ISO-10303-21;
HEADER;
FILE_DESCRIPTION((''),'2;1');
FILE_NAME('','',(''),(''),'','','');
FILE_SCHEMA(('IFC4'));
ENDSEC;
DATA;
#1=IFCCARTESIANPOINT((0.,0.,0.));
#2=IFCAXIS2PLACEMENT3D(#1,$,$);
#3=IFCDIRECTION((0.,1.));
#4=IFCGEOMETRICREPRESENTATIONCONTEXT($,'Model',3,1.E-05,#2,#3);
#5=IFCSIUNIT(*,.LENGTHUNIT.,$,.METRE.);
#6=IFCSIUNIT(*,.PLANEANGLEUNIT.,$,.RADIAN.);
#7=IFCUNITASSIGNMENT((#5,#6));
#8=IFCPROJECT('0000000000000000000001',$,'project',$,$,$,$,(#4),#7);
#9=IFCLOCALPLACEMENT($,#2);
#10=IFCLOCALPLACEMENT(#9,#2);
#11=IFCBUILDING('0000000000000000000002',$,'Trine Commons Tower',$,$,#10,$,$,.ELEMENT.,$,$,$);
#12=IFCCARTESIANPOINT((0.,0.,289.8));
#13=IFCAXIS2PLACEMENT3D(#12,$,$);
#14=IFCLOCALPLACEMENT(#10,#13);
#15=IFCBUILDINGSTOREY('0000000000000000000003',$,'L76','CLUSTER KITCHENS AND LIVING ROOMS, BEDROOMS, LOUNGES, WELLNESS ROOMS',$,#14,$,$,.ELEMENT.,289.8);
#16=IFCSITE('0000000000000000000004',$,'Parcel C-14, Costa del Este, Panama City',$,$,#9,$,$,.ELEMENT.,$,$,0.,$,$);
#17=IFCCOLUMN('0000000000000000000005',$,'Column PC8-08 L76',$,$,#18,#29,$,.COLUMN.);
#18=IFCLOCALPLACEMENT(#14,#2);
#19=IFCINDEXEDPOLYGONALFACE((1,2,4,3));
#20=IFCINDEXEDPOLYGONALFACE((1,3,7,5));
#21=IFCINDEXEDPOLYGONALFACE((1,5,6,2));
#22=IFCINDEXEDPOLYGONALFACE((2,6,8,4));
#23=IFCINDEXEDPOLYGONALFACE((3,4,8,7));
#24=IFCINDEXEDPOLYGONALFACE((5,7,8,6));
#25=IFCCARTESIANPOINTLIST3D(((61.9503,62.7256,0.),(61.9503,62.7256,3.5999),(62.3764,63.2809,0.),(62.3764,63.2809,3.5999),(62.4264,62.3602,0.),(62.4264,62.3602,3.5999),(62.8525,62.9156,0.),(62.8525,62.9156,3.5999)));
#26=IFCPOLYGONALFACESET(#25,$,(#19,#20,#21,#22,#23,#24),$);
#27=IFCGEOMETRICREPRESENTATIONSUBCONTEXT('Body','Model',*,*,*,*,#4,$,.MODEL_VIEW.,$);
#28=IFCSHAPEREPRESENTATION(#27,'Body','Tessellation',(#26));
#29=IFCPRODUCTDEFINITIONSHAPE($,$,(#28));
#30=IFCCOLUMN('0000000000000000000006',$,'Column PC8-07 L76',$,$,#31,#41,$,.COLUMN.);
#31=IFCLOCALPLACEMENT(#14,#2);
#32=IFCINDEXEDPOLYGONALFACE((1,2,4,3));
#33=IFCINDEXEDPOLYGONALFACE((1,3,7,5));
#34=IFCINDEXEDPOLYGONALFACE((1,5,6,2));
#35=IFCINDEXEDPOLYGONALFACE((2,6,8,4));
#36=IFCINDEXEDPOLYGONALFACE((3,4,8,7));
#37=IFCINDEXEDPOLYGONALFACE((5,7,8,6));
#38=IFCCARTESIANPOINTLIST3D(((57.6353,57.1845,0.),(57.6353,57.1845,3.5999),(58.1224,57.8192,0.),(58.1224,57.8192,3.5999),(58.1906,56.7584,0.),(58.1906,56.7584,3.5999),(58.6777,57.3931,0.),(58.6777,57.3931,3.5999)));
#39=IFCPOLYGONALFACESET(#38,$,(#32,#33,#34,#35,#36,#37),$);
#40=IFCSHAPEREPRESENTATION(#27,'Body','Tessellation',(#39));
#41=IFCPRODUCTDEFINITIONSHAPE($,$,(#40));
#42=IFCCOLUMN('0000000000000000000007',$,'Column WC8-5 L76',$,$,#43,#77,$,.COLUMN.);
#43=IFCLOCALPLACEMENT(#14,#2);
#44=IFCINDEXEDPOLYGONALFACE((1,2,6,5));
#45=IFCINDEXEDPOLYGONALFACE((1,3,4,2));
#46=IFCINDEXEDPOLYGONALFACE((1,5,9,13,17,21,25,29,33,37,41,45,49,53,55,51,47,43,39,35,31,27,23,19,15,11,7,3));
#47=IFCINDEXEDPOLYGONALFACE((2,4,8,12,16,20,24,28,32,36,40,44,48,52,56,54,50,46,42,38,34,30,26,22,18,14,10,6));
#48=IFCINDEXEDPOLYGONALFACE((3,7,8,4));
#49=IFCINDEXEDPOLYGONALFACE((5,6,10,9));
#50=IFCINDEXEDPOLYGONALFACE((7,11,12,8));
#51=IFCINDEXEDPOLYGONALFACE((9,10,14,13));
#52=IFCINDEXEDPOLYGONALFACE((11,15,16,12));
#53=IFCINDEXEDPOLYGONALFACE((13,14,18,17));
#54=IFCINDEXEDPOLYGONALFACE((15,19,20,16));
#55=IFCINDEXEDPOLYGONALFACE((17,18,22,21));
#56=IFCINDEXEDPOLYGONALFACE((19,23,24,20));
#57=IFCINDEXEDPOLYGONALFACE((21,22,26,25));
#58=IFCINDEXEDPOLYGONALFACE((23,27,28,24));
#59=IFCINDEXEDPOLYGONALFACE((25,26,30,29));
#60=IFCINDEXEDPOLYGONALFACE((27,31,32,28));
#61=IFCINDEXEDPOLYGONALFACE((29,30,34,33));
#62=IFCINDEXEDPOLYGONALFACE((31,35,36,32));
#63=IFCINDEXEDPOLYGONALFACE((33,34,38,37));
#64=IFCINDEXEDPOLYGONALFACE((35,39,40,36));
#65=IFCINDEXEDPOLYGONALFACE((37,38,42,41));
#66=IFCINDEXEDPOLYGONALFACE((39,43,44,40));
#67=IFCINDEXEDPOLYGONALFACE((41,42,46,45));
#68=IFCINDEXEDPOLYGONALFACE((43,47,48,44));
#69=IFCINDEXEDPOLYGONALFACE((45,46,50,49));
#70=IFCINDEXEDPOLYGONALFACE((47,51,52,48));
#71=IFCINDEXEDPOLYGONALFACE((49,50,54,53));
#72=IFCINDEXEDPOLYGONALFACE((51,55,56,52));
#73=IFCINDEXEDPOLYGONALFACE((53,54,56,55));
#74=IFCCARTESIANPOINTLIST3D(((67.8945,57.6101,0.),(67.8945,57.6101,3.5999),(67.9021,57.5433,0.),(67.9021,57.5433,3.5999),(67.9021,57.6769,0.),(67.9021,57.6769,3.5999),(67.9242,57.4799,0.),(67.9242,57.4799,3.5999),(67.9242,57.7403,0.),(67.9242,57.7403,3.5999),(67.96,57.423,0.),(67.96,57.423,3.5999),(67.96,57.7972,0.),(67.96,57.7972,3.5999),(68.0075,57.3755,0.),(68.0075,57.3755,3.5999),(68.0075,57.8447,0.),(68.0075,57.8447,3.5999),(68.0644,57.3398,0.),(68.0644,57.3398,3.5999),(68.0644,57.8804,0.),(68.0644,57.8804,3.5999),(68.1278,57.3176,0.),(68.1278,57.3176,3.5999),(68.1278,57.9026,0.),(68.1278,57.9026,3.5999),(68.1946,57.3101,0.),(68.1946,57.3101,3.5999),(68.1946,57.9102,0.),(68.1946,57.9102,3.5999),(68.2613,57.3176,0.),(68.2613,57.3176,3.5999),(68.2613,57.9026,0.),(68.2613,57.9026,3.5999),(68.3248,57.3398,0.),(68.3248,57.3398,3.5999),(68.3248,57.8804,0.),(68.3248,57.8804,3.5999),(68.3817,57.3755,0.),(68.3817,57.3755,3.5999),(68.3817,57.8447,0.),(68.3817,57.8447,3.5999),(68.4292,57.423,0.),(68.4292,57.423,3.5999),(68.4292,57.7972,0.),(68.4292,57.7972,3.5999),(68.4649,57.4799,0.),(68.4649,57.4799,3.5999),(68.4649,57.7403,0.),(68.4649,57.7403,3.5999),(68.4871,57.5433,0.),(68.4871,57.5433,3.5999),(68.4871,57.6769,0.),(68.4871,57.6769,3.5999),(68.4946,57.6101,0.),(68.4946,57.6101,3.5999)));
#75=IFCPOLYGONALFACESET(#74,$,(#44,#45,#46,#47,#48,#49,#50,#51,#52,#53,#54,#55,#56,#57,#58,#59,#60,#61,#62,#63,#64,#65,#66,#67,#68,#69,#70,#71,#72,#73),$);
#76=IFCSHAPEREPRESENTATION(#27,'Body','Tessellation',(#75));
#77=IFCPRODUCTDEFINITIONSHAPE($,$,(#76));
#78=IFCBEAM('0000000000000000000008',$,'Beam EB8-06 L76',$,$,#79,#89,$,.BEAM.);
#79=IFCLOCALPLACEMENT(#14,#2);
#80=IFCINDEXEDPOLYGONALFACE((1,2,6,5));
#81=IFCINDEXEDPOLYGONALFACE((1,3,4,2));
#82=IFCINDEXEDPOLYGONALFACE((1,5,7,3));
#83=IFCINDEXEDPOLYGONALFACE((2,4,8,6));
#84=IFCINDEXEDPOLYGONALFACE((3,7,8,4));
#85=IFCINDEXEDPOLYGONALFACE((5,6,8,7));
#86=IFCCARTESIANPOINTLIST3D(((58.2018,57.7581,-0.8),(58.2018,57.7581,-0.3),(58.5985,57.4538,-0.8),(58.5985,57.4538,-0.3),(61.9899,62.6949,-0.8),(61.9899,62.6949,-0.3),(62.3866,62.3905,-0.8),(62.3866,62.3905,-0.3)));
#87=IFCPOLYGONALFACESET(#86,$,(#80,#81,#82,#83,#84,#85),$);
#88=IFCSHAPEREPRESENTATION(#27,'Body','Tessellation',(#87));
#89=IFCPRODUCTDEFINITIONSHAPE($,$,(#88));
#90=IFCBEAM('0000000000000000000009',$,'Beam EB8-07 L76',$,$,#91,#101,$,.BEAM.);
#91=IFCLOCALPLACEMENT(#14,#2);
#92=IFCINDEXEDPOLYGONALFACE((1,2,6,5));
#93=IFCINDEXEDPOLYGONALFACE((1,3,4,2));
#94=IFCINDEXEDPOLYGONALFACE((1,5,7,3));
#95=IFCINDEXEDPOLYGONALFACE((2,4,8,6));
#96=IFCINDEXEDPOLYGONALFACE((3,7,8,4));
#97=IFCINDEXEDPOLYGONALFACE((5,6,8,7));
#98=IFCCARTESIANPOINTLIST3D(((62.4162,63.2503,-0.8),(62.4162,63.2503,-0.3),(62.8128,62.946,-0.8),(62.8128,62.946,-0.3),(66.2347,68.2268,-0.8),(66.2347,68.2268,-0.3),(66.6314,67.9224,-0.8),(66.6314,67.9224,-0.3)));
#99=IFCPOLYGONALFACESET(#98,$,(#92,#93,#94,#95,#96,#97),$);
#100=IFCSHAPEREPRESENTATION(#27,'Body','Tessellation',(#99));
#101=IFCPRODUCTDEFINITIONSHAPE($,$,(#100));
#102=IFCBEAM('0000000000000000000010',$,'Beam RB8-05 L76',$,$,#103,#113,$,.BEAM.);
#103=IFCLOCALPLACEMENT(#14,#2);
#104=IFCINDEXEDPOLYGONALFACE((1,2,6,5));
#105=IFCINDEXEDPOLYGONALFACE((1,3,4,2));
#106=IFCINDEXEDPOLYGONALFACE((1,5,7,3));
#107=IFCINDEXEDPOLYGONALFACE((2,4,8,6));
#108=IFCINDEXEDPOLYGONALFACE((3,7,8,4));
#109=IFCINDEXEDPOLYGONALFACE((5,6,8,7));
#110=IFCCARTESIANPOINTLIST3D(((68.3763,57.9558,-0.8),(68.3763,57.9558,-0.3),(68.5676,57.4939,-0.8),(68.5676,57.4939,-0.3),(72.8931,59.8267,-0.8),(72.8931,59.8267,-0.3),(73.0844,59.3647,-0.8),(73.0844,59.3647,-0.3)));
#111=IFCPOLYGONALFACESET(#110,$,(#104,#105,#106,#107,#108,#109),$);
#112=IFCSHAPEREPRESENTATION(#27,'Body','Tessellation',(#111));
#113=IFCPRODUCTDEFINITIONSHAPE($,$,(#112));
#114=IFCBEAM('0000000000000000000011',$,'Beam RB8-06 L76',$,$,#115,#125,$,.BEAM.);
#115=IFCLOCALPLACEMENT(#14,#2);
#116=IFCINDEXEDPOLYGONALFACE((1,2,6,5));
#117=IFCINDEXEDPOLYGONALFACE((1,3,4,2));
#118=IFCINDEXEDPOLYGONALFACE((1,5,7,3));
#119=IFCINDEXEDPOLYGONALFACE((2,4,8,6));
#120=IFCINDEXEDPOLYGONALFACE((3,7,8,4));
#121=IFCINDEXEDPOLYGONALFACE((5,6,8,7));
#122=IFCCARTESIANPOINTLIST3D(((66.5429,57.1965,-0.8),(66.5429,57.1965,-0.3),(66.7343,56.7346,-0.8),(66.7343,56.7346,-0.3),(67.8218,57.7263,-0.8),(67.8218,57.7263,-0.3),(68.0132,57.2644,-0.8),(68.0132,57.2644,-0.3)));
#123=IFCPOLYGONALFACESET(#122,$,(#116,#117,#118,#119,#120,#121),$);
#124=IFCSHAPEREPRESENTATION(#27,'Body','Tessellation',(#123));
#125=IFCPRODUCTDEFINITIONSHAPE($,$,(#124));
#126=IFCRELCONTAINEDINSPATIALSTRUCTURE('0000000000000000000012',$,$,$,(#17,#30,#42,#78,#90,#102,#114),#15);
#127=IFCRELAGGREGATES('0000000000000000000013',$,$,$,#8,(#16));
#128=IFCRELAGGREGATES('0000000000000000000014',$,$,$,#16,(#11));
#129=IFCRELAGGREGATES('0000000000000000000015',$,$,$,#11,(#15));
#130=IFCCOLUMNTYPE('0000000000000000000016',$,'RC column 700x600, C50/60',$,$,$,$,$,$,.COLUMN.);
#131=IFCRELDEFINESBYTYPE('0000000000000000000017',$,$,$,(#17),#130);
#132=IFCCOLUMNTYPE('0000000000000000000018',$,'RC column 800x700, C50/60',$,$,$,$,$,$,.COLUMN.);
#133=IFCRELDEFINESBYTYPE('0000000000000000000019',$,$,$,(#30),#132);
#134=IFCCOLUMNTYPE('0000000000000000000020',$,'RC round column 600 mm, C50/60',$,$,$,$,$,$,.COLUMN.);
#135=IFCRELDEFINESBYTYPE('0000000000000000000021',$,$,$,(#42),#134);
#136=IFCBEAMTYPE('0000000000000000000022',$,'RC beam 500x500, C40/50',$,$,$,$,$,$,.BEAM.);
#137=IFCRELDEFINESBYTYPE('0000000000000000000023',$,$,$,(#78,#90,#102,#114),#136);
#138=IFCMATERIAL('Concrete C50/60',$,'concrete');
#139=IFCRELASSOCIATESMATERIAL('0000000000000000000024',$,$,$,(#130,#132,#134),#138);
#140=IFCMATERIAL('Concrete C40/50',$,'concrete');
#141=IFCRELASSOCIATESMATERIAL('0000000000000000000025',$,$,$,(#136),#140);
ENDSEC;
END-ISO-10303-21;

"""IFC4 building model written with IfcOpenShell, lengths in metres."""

from ifc_helpers import new_model, si_unit, direction, frame, origin, origin_2d, place, context, subcontext, project, spatial, rectangle, circle, extrude, material, material_profile, profile_set, type_object, element, save


model = new_model("IFC4")

# Units and contexts
model_context = context("Model", 3, precision=1e-05, world=origin(), true_north=direction((0.0, 1.0)))
body_context = subcontext(model_context, "Body", "Model", "MODEL_VIEW")
ifc_project = project(units=[si_unit("LENGTHUNIT", "METRE"), si_unit("PLANEANGLEUNIT", "RADIAN")], contexts=[model_context])

# Site, building, storey
site_placement = place(None, origin())
site = spatial("IfcSite", under=ifc_project, at=site_placement, Name="Parcel C-14, Costa del Este, Panama City", CompositionType="ELEMENT", RefElevation=0.0)
building_placement = place(site_placement, origin())
building = spatial("IfcBuilding", under=site, at=building_placement, Name="Trine Commons Tower", CompositionType="ELEMENT")
storey_placement = place(building_placement, frame((0.0, 0.0, 289.8)))
storey = spatial("IfcBuildingStorey", under=building, at=storey_placement, Name="L76", Description="CLUSTER KITCHENS AND LIVING ROOMS, BEDROOMS, LOUNGES, WELLNESS ROOMS", CompositionType="ELEMENT", Elevation=289.8)

# Columns
ifc_material_1 = material(Name="Concrete C50/60", Category="concrete")
ifc_material_profile_1 = material_profile(ifc_material_1, rectangle(XDim=0.7, YDim=0.6001, at=origin_2d()), Name="RC 700x600")
ifc_profile_set_1 = profile_set([ifc_material_profile_1], Name="Concrete C50/60")
column_type_1 = type_object("IfcColumnType", Name="RC column 700x600, C50/60", PredefinedType="COLUMN", material=ifc_profile_set_1)
column_1_placement = place(storey_placement, frame((62.4014, 62.8206, 0.0), z_axis=(0.0, 0.0, 1.0), x_axis=(0.608761, 0.793353, 0.0)))
element("IfcColumn", 1, at=column_1_placement, inside=storey, type_object=column_type_1, Name="Column PC8-08 L76", PredefinedType="COLUMN", context=body_context, shape_type="SweptSolid", body=[
    extrude(rectangle(XDim=0.7, YDim=0.6001, at=origin_2d()), origin(), (0.0, 0.0, 1.0), 3.5999),
])
ifc_material_profile_2 = material_profile(ifc_material_1, rectangle(XDim=0.8, YDim=0.7, at=origin_2d()), Name="RC 800x700")
ifc_profile_set_2 = profile_set([ifc_material_profile_2], Name="Concrete C50/60")
column_type_2 = type_object("IfcColumnType", Name="RC column 800x700, C50/60", PredefinedType="COLUMN", material=ifc_profile_set_2)
column_2_placement = place(storey_placement, frame((58.1565, 57.2888, 0.0), z_axis=(0.0, 0.0, 1.0), x_axis=(0.608761, 0.793353, 0.0)))
element("IfcColumn", 2, at=column_2_placement, inside=storey, type_object=column_type_2, Name="Column PC8-07 L76", PredefinedType="COLUMN", context=body_context, shape_type="SweptSolid", body=[
    extrude(rectangle(XDim=0.8, YDim=0.7, at=origin_2d()), origin(), (0.0, 0.0, 1.0), 3.5999),
])
ifc_material_profile_3 = material_profile(ifc_material_1, circle(Radius=0.3, at=origin_2d()), Name="RC round 600")
ifc_profile_set_3 = profile_set([ifc_material_profile_3], Name="Concrete C50/60")
column_type_3 = type_object("IfcColumnType", Name="RC round column 600 mm, C50/60", PredefinedType="COLUMN", material=ifc_profile_set_3)
column_3_placement = place(storey_placement, frame((68.1946, 57.6101, 0.0), z_axis=(0.0, 0.0, 1.0), x_axis=(1.0, 0.0, 0.0)))
element("IfcColumn", 3, at=column_3_placement, inside=storey, type_object=column_type_3, Name="Column WC8-5 L76", PredefinedType="COLUMN", context=body_context, shape_type="SweptSolid", body=[
    extrude(circle(Radius=0.3, at=origin_2d()), origin(), (0.0, 0.0, 1.0), 3.5999),
])

# Beams
ifc_material_2 = material(Name="Concrete C40/50", Category="concrete")
ifc_material_profile_4 = material_profile(ifc_material_2, rectangle(XDim=0.5, YDim=0.5, at=origin_2d()), Name="RC 500x500")
ifc_profile_set_4 = profile_set([ifc_material_profile_4], Name="Concrete C40/50")
beam_type = type_object("IfcBeamType", Name="RC beam 500x500, C40/50", PredefinedType="BEAM", material=ifc_profile_set_4)
beam_1_placement = place(storey_placement, frame((58.4001, 57.606, -0.55), z_axis=(0.608758, 0.793356, 0.0), x_axis=(-0.793356, 0.608758, 0.0)))
element("IfcBeam", 4, at=beam_1_placement, inside=storey, type_object=beam_type, Name="Beam EB8-06 L76", PredefinedType="BEAM", context=body_context, shape_type="SweptSolid", body=[
    extrude(rectangle(XDim=0.5, YDim=0.5, at=origin_2d()), origin(), (0.0, 0.0, 1.0), 6.2227),
])
beam_2_placement = place(storey_placement, frame((62.6145, 63.0981, -0.55), z_axis=(0.608757, 0.793357, 0.0), x_axis=(-0.793357, 0.608757, 0.0)))
element("IfcBeam", 5, at=beam_2_placement, inside=storey, type_object=beam_type, Name="Beam EB8-07 L76", PredefinedType="BEAM", context=body_context, shape_type="SweptSolid", body=[
    extrude(rectangle(XDim=0.5, YDim=0.5, at=origin_2d()), origin(), (0.0, 0.0, 1.0), 6.2727),
])
beam_3_placement = place(storey_placement, frame((72.9888, 59.5957, -0.55), z_axis=(-0.923886, -0.382668, 0.0), x_axis=(0.382668, -0.923886, 0.0)))
element("IfcBeam", 6, at=beam_3_placement, inside=storey, type_object=beam_type, Name="Beam RB8-05 L76", PredefinedType="BEAM", context=body_context, shape_type="SweptSolid", body=[
    extrude(rectangle(XDim=0.5, YDim=0.5, at=origin_2d()), origin(), (0.0, 0.0, 1.0), 4.8889),
])
beam_4_placement = place(storey_placement, frame((67.9175, 57.4954, -0.55), z_axis=(-0.923858, -0.382736, 0.0), x_axis=(0.382736, -0.923858, 0.0)))
element("IfcBeam", 7, at=beam_4_placement, inside=storey, type_object=beam_type, Name="Beam RB8-06 L76", PredefinedType="BEAM", context=body_context, shape_type="SweptSolid", body=[
    extrude(rectangle(XDim=0.5, YDim=0.5, at=origin_2d()), origin(), (0.0, 0.0, 1.0), 1.3843),
])

save(model, "model.ifc")
